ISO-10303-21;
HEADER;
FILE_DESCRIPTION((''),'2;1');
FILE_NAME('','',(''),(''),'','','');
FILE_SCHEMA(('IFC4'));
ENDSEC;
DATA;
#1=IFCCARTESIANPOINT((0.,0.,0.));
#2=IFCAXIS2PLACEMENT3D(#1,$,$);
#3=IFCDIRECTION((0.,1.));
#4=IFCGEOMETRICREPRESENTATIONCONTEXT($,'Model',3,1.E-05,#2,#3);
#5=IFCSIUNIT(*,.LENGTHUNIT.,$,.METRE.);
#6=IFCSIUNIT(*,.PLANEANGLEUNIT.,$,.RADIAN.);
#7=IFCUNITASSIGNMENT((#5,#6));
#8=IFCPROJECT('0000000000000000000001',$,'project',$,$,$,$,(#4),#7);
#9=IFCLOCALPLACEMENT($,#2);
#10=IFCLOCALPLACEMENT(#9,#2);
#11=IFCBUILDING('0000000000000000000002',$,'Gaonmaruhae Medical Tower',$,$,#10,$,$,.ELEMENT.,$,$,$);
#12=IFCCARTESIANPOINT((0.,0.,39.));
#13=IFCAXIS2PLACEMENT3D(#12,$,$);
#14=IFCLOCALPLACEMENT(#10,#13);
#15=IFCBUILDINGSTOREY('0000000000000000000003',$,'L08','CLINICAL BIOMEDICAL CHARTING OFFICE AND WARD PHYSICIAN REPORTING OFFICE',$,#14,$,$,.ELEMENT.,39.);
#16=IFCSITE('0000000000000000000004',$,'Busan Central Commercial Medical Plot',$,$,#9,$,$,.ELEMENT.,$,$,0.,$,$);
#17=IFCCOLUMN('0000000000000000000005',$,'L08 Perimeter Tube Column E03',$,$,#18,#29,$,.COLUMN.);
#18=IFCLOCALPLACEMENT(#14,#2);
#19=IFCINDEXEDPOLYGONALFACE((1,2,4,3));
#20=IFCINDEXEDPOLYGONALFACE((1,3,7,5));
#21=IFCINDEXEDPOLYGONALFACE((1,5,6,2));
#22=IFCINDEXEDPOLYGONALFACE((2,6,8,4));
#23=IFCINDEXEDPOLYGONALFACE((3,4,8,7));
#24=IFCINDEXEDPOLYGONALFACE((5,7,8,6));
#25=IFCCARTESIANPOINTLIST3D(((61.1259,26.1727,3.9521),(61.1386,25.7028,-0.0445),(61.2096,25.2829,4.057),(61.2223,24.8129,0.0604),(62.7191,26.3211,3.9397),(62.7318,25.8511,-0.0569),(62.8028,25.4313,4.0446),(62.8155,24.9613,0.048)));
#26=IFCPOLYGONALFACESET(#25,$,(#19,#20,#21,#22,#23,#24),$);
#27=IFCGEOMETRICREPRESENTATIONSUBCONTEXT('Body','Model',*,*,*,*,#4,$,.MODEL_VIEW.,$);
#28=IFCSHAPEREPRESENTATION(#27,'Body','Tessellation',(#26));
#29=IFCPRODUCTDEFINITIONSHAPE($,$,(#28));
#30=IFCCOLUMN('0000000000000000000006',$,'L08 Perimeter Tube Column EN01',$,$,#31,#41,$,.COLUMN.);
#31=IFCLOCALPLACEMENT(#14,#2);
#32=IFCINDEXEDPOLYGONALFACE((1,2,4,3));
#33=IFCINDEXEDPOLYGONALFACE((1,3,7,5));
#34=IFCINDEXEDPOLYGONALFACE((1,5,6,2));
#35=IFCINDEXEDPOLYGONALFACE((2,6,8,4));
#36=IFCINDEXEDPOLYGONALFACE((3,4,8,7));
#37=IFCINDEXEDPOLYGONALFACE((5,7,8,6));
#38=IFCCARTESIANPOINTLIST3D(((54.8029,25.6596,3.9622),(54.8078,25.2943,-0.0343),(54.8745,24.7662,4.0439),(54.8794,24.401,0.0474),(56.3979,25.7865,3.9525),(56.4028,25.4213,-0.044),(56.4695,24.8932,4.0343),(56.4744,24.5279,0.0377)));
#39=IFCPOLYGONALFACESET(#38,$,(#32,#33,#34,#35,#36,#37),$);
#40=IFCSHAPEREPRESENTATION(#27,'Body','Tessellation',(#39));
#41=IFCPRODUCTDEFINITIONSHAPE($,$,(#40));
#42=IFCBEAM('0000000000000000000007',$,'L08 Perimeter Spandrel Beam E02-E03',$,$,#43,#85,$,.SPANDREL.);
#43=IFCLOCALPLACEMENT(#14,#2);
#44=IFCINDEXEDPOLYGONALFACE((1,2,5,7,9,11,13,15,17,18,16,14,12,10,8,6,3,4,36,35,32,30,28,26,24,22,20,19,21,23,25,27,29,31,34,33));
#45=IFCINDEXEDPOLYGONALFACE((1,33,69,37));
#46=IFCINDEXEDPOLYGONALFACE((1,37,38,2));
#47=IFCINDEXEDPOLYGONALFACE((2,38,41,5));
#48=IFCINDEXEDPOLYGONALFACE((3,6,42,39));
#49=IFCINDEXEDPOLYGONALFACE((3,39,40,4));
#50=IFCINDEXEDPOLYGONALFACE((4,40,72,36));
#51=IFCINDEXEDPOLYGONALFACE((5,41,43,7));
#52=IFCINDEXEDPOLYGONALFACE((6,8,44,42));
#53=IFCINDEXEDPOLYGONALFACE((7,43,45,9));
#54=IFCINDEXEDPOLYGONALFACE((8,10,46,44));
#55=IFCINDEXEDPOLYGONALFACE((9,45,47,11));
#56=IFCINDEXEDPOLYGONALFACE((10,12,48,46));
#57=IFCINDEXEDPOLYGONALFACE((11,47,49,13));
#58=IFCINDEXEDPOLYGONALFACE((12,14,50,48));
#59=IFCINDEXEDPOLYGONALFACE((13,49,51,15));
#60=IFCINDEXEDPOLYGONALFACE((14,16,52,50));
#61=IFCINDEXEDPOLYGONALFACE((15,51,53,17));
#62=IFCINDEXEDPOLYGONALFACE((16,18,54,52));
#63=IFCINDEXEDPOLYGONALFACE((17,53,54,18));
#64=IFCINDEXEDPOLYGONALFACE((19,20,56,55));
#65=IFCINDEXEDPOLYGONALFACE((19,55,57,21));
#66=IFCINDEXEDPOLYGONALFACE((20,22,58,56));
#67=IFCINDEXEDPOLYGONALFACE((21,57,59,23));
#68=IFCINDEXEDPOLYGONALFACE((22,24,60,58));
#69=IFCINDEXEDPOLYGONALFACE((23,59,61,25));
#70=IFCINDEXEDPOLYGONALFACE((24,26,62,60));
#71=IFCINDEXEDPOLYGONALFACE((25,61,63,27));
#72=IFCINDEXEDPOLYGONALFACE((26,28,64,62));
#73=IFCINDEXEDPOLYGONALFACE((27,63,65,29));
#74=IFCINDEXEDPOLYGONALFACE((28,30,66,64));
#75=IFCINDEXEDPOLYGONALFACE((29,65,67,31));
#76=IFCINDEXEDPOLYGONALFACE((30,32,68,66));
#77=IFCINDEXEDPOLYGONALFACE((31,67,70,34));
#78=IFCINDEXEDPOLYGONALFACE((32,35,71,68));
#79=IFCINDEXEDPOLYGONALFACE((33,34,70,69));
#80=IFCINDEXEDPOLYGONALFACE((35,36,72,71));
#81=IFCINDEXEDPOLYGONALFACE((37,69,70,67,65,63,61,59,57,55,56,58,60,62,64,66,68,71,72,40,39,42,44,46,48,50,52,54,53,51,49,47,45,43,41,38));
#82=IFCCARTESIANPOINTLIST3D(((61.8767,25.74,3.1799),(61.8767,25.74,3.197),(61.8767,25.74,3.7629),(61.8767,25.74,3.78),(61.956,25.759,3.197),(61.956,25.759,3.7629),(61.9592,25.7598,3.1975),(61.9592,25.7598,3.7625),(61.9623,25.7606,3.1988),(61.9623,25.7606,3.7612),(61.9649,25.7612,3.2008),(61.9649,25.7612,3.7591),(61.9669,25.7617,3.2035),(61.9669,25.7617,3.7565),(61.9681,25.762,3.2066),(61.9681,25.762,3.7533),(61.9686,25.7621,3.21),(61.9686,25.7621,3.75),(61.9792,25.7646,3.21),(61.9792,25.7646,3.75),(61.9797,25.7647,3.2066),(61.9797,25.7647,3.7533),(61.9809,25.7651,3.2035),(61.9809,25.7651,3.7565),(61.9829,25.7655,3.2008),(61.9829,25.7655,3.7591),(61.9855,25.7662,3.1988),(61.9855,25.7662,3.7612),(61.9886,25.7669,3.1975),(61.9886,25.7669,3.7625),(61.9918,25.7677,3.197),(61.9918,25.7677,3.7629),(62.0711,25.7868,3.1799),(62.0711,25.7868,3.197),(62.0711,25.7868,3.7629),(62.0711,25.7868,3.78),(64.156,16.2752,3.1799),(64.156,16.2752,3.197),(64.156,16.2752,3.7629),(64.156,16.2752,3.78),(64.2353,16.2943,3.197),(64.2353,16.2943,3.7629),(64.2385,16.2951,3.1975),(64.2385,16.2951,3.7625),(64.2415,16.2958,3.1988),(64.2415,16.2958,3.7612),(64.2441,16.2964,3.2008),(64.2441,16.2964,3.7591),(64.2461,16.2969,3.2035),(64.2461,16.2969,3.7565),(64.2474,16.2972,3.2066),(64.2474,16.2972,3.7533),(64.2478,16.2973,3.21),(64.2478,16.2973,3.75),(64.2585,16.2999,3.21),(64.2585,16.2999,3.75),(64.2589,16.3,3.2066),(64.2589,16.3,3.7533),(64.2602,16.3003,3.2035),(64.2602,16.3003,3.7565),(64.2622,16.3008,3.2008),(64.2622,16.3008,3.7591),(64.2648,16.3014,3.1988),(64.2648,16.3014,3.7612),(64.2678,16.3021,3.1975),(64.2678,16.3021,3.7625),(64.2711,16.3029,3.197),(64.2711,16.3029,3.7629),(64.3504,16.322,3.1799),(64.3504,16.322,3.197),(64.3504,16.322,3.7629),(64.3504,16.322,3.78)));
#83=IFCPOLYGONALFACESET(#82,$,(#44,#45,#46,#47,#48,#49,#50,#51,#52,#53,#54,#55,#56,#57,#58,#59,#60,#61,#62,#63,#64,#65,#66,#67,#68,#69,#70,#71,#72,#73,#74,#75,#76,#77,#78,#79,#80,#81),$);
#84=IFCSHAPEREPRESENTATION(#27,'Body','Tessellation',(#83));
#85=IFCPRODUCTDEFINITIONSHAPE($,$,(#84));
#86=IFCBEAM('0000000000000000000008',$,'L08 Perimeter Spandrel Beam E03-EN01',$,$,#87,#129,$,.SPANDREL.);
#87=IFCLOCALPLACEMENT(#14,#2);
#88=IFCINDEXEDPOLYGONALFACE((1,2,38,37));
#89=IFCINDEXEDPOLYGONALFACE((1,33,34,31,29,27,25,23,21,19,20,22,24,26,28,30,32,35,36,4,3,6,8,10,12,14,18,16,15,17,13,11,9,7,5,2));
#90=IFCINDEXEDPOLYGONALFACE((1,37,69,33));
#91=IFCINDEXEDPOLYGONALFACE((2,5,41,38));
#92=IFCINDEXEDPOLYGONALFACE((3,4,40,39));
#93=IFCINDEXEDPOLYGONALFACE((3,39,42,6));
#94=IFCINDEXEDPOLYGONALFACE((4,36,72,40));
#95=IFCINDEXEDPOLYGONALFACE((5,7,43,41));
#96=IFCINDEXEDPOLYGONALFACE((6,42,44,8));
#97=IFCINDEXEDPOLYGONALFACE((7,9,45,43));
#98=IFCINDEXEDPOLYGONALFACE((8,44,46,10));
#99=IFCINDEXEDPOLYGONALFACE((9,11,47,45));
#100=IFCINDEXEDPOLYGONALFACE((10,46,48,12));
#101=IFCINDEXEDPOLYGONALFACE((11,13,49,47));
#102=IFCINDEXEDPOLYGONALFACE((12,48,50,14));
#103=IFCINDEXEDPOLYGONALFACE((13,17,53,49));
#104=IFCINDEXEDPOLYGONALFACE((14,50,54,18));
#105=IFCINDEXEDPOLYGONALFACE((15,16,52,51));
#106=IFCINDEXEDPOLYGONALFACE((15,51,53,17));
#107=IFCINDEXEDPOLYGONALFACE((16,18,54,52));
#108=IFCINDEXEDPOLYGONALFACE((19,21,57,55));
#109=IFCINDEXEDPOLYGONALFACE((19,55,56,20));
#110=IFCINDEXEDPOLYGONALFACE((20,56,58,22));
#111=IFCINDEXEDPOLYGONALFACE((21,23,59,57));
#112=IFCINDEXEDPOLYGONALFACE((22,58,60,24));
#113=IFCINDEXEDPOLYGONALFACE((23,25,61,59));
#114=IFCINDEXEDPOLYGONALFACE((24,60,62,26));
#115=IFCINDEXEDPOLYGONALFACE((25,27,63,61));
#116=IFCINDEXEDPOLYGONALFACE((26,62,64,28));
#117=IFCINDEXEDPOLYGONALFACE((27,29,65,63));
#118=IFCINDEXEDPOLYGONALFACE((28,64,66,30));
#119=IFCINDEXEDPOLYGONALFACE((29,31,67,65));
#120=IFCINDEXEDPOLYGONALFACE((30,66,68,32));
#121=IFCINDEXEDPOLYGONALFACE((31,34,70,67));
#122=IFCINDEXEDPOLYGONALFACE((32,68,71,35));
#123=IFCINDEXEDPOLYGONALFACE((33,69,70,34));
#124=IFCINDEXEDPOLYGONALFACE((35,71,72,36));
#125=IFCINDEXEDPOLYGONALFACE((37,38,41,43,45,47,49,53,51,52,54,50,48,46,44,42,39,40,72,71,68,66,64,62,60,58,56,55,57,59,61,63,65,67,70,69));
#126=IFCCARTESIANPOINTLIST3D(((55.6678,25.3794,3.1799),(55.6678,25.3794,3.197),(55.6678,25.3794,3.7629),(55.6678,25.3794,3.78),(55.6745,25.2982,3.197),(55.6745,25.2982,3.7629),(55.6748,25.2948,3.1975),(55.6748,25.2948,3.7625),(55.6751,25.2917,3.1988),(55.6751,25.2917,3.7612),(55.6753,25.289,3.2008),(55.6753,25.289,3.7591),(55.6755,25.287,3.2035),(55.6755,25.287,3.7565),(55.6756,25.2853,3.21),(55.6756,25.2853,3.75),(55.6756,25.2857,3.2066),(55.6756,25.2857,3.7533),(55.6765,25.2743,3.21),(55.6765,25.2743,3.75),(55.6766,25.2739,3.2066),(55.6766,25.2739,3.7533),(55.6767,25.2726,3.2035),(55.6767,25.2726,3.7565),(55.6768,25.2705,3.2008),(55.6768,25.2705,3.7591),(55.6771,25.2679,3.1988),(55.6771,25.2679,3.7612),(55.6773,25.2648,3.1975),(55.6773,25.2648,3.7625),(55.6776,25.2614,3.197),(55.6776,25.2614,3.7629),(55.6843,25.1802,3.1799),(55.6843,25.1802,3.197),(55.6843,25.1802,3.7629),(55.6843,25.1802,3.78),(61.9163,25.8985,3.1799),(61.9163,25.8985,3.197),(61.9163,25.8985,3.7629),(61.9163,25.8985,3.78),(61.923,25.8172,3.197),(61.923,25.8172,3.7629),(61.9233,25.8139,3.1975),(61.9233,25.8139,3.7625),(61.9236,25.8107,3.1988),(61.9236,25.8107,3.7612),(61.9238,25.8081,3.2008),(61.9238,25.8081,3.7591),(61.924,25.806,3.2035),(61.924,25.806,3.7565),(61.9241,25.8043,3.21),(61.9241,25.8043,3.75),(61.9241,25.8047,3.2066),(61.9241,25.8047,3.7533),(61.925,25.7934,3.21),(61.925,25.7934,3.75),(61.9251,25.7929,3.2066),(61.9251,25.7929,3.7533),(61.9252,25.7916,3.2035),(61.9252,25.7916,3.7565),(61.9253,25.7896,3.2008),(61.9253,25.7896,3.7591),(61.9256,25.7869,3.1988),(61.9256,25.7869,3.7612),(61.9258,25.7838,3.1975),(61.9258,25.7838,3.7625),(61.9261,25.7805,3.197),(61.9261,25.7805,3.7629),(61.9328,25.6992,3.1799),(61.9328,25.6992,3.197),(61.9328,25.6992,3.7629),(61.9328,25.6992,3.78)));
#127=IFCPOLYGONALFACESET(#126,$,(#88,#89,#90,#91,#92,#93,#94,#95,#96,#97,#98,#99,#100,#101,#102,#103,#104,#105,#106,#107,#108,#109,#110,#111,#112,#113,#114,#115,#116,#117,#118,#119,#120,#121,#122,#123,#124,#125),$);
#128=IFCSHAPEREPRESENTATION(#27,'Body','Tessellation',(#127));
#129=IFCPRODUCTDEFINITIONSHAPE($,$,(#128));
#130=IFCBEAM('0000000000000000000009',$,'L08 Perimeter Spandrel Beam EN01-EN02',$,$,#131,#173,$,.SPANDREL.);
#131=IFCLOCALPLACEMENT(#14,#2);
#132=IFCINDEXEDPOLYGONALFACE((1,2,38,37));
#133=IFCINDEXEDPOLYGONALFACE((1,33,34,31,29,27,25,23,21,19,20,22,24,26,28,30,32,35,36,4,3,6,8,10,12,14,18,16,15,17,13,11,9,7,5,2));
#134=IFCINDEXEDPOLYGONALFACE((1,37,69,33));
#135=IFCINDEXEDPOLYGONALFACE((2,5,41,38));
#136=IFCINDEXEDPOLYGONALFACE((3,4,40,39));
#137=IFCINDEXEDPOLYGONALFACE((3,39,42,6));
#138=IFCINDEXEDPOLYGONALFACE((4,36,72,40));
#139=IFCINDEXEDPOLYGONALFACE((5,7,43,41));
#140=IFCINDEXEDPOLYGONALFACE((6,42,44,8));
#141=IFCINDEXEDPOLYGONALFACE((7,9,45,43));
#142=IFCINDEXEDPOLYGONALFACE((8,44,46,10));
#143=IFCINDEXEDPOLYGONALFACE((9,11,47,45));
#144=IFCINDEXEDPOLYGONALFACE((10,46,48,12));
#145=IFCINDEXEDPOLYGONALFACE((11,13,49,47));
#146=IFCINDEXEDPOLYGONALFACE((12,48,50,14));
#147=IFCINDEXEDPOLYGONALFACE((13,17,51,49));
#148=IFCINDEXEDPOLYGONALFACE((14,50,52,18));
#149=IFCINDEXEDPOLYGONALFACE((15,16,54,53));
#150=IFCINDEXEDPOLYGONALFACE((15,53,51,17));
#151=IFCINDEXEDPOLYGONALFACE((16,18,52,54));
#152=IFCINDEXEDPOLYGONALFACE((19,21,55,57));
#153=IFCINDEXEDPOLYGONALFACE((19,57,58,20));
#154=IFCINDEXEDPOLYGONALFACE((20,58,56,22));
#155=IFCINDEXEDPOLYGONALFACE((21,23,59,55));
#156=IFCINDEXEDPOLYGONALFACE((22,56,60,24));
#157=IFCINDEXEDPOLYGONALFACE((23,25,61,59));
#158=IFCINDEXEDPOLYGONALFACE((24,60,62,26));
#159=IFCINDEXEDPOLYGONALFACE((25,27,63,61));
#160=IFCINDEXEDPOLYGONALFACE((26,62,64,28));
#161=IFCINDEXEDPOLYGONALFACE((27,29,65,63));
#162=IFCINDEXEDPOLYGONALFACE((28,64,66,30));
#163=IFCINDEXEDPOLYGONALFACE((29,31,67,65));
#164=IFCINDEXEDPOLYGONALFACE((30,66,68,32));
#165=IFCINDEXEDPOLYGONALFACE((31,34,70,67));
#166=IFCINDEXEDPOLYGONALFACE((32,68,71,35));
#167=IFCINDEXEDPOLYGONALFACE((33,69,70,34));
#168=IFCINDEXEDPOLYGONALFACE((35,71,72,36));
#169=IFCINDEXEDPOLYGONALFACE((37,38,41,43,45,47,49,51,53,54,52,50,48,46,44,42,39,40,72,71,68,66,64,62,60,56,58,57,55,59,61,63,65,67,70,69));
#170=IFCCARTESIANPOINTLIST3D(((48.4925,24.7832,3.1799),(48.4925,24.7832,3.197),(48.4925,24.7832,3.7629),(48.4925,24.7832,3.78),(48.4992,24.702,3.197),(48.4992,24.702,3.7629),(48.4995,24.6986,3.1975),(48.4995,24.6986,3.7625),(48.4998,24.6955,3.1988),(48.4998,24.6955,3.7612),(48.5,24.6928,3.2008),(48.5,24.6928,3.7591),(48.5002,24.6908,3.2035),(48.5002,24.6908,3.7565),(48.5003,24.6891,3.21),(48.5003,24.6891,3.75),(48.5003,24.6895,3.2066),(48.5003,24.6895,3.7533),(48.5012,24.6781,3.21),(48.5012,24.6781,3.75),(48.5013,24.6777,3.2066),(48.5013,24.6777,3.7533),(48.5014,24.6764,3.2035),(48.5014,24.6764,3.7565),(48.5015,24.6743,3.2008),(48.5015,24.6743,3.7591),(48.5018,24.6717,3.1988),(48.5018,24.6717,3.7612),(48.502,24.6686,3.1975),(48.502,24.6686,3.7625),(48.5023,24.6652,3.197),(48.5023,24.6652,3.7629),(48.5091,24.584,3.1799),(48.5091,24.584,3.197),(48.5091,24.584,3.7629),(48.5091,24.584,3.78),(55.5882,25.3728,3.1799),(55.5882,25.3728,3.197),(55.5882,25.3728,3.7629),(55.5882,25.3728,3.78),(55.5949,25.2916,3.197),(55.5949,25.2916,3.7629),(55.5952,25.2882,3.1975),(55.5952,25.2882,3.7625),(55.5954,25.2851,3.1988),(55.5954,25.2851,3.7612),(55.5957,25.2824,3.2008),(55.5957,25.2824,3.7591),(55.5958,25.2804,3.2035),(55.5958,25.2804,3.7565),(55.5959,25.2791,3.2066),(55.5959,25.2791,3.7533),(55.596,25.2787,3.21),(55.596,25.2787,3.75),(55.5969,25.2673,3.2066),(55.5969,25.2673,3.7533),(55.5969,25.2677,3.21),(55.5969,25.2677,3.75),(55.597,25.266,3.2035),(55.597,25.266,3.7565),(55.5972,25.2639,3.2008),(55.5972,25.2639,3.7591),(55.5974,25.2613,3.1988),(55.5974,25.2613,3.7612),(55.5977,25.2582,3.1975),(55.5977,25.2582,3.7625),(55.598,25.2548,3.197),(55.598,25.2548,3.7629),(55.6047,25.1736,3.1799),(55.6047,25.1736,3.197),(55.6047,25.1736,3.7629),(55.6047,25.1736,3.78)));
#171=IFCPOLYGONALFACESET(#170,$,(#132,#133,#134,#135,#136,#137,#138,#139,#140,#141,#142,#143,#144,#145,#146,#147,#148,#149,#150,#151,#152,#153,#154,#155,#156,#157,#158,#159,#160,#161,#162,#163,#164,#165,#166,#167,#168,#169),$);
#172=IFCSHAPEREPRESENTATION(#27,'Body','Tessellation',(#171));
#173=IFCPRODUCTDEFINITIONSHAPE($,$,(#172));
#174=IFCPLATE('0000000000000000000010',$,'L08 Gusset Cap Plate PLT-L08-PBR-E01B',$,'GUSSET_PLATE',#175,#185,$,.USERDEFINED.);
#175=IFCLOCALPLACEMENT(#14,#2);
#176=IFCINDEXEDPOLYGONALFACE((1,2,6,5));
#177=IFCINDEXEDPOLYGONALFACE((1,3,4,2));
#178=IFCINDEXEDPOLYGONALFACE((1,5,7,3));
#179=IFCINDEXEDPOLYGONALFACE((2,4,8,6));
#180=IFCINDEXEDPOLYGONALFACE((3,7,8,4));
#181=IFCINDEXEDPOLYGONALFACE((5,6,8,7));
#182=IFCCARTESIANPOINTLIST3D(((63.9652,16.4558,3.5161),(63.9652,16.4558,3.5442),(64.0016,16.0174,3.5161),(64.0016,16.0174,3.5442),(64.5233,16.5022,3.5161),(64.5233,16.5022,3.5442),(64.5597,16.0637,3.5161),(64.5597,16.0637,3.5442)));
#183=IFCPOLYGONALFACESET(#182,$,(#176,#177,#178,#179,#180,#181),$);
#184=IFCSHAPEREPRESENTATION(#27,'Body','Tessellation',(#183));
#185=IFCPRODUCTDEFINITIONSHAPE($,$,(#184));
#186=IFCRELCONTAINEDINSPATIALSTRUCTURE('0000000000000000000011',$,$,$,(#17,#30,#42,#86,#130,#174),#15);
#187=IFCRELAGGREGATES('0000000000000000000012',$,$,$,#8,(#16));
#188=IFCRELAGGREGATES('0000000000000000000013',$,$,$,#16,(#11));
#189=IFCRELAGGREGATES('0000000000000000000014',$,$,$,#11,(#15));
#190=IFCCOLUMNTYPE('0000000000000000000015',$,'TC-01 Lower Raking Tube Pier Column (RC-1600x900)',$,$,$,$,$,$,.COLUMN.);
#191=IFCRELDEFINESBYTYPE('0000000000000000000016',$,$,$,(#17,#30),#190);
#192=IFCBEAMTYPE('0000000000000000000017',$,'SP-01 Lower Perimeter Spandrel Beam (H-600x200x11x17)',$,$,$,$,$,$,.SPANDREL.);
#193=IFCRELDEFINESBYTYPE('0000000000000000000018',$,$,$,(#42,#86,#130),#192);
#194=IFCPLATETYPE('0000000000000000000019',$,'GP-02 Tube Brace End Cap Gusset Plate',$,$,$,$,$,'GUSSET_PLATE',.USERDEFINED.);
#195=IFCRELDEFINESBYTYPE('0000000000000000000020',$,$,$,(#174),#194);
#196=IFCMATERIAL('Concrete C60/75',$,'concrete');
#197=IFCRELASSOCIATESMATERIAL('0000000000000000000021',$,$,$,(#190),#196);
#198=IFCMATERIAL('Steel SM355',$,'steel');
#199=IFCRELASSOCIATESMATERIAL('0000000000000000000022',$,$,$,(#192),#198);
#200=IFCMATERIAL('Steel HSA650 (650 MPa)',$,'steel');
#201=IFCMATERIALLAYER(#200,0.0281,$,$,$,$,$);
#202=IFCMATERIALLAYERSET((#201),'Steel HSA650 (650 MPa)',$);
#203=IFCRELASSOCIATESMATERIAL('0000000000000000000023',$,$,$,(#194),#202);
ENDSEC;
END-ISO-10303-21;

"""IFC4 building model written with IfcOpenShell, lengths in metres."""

from ifc_helpers import new_model, si_unit, direction, frame, origin, origin_2d, place, context, subcontext, project, spatial, rectangle, i_section, extrude, material, layer, layer_set, material_profile, profile_set, type_object, element, save


model = new_model("IFC4")

# Units and contexts
model_context = context("Model", 3, precision=1e-05, world=origin(), true_north=direction((0.0, 1.0)))
body_context = subcontext(model_context, "Body", "Model", "MODEL_VIEW")
ifc_project = project(units=[si_unit("LENGTHUNIT", "METRE"), si_unit("PLANEANGLEUNIT", "RADIAN")], contexts=[model_context])

# Site, building, storey
site_placement = place(None, origin())
site = spatial("IfcSite", under=ifc_project, at=site_placement, Name="Busan Central Commercial Medical Plot", CompositionType="ELEMENT", RefElevation=0.0)
building_placement = place(site_placement, origin())
building = spatial("IfcBuilding", under=site, at=building_placement, Name="Gaonmaruhae Medical Tower", CompositionType="ELEMENT")
storey_placement = place(building_placement, frame((0.0, 0.0, 39.0)))
storey = spatial("IfcBuildingStorey", under=building, at=storey_placement, Name="L08", Description="CLINICAL BIOMEDICAL CHARTING OFFICE AND WARD PHYSICIAN REPORTING OFFICE", CompositionType="ELEMENT", Elevation=39.0)

# Columns
ifc_material_1 = material(Name="Concrete C60/75", Category="concrete")
ifc_material_profile_1 = material_profile(ifc_material_1, rectangle(XDim=1.6001, YDim=0.8999, at=origin_2d()), Name="RC-1600x900")
ifc_profile_set_1 = profile_set([ifc_material_profile_1], Name="Concrete C60/75")
column_type = type_object("IfcColumnType", Name="TC-01 Lower Raking Tube Pier Column (RC-1600x900)", PredefinedType="COLUMN", material=ifc_profile_set_1)
column_1_placement = place(storey_placement, frame((61.9771, 25.332, 0.0017), z_axis=(-0.003155, 0.116788, 0.993152), x_axis=(-0.99566, -0.09274, 0.007743)))
element("IfcColumn", 1, at=column_1_placement, inside=storey, type_object=column_type, Name="L08 Perimeter Tube Column E03", PredefinedType="COLUMN", context=body_context, shape_type="SweptSolid", body=[
    extrude(rectangle(XDim=1.6001, YDim=0.8999, at=origin_2d()), origin(), (0.0, 0.0, 1.0), 4.0242),
])
column_2_placement = place(storey_placement, frame((55.6411, 24.9111, 0.0017), z_axis=(-0.001217, 0.091007, 0.995849), x_axis=(-0.99683, -0.079331, 0.006032)))
element("IfcColumn", 2, at=column_2_placement, inside=storey, type_object=column_type, Name="L08 Perimeter Tube Column EN01", PredefinedType="COLUMN", context=body_context, shape_type="SweptSolid", body=[
    extrude(rectangle(XDim=1.6001, YDim=0.8999, at=origin_2d()), origin(), (0.0, 0.0, 1.0), 4.0132),
])

# Beams
ifc_material_2 = material(Name="Steel SM355", Category="steel")
ifc_material_profile_2 = material_profile(ifc_material_2, i_section(OverallWidth=0.2, OverallDepth=0.6001, WebThickness=0.011, FlangeThickness=0.0171, FilletRadius=0.0129, at=origin_2d()), Name="H-600x200x11x17")
ifc_profile_set_2 = profile_set([ifc_material_profile_2], Name="Steel SM355")
beam_type = type_object("IfcBeamType", Name="SP-01 Lower Perimeter Spandrel Beam (H-600x200x11x17)", PredefinedType="SPANDREL", material=ifc_profile_set_2)
beam_1_placement = place(storey_placement, frame((64.2532, 16.2986, 3.48), z_axis=(-0.234124, 0.972207, 0.0), x_axis=(-0.972207, -0.234124, 0.0)))
element("IfcBeam", 3, at=beam_1_placement, inside=storey, type_object=beam_type, Name="L08 Perimeter Spandrel Beam E02-E03", PredefinedType="SPANDREL", context=body_context, shape_type="SweptSolid", body=[
    extrude(i_section(OverallWidth=0.2, OverallDepth=0.6001, WebThickness=0.011, FlangeThickness=0.0171, FilletRadius=0.0129, at=origin_2d()), origin(), (0.0, 0.0, 1.0), 9.7354),
])
beam_2_placement = place(storey_placement, frame((61.9246, 25.7988, 3.48), z_axis=(-0.996568, -0.082781, 0.0), x_axis=(0.082781, -0.996568, 0.0)))
element("IfcBeam", 4, at=beam_2_placement, inside=storey, type_object=beam_type, Name="L08 Perimeter Spandrel Beam E03-EN01", PredefinedType="SPANDREL", context=body_context, shape_type="SweptSolid", body=[
    extrude(i_section(OverallWidth=0.2, OverallDepth=0.6001, WebThickness=0.011, FlangeThickness=0.0171, FilletRadius=0.0129, at=origin_2d()), origin(), (0.0, 0.0, 1.0), 6.27),
])
beam_3_placement = place(storey_placement, frame((55.5964, 25.2732, 3.48), z_axis=(-0.996566, -0.082807, 0.0), x_axis=(0.082807, -0.996566, 0.0)))
element("IfcBeam", 5, at=beam_3_placement, inside=storey, type_object=beam_type, Name="L08 Perimeter Spandrel Beam EN01-EN02", PredefinedType="SPANDREL", context=body_context, shape_type="SweptSolid", body=[
    extrude(i_section(OverallWidth=0.2, OverallDepth=0.6001, WebThickness=0.011, FlangeThickness=0.0171, FilletRadius=0.0129, at=origin_2d()), origin(), (0.0, 0.0, 1.0), 7.1201),
])

# Plate
ifc_material_3 = material(Name="Steel HSA650 (650 MPa)", Category="steel")
ifc_layer_1 = layer(ifc_material_3, 0.0281)
ifc_layer_set_1 = layer_set([ifc_layer_1], Name="Steel HSA650 (650 MPa)")
plate_type_1 = type_object("IfcPlateType", Name="GP-02 Tube Brace End Cap Gusset Plate", ElementType="GUSSET_PLATE", PredefinedType="USERDEFINED", material=ifc_layer_set_1)
plate_1_placement = place(storey_placement, frame((64.2625, 16.2598, 3.5161), z_axis=(0.0, 0.0, 1.0), x_axis=(0.996566, 0.082808, 0.0)))
element("IfcPlate", 6, at=plate_1_placement, inside=storey, type_object=plate_type_1, Name="L08 Gusset Cap Plate PLT-L08-PBR-E01B", ObjectType="GUSSET_PLATE", PredefinedType="USERDEFINED", context=body_context, shape_type="SweptSolid", body=[
    extrude(rectangle(XDim=0.5601, YDim=0.4399, at=origin_2d()), origin(), (0.0, 0.0, 1.0), 0.0281),
])

save(model, "model.ifc")
